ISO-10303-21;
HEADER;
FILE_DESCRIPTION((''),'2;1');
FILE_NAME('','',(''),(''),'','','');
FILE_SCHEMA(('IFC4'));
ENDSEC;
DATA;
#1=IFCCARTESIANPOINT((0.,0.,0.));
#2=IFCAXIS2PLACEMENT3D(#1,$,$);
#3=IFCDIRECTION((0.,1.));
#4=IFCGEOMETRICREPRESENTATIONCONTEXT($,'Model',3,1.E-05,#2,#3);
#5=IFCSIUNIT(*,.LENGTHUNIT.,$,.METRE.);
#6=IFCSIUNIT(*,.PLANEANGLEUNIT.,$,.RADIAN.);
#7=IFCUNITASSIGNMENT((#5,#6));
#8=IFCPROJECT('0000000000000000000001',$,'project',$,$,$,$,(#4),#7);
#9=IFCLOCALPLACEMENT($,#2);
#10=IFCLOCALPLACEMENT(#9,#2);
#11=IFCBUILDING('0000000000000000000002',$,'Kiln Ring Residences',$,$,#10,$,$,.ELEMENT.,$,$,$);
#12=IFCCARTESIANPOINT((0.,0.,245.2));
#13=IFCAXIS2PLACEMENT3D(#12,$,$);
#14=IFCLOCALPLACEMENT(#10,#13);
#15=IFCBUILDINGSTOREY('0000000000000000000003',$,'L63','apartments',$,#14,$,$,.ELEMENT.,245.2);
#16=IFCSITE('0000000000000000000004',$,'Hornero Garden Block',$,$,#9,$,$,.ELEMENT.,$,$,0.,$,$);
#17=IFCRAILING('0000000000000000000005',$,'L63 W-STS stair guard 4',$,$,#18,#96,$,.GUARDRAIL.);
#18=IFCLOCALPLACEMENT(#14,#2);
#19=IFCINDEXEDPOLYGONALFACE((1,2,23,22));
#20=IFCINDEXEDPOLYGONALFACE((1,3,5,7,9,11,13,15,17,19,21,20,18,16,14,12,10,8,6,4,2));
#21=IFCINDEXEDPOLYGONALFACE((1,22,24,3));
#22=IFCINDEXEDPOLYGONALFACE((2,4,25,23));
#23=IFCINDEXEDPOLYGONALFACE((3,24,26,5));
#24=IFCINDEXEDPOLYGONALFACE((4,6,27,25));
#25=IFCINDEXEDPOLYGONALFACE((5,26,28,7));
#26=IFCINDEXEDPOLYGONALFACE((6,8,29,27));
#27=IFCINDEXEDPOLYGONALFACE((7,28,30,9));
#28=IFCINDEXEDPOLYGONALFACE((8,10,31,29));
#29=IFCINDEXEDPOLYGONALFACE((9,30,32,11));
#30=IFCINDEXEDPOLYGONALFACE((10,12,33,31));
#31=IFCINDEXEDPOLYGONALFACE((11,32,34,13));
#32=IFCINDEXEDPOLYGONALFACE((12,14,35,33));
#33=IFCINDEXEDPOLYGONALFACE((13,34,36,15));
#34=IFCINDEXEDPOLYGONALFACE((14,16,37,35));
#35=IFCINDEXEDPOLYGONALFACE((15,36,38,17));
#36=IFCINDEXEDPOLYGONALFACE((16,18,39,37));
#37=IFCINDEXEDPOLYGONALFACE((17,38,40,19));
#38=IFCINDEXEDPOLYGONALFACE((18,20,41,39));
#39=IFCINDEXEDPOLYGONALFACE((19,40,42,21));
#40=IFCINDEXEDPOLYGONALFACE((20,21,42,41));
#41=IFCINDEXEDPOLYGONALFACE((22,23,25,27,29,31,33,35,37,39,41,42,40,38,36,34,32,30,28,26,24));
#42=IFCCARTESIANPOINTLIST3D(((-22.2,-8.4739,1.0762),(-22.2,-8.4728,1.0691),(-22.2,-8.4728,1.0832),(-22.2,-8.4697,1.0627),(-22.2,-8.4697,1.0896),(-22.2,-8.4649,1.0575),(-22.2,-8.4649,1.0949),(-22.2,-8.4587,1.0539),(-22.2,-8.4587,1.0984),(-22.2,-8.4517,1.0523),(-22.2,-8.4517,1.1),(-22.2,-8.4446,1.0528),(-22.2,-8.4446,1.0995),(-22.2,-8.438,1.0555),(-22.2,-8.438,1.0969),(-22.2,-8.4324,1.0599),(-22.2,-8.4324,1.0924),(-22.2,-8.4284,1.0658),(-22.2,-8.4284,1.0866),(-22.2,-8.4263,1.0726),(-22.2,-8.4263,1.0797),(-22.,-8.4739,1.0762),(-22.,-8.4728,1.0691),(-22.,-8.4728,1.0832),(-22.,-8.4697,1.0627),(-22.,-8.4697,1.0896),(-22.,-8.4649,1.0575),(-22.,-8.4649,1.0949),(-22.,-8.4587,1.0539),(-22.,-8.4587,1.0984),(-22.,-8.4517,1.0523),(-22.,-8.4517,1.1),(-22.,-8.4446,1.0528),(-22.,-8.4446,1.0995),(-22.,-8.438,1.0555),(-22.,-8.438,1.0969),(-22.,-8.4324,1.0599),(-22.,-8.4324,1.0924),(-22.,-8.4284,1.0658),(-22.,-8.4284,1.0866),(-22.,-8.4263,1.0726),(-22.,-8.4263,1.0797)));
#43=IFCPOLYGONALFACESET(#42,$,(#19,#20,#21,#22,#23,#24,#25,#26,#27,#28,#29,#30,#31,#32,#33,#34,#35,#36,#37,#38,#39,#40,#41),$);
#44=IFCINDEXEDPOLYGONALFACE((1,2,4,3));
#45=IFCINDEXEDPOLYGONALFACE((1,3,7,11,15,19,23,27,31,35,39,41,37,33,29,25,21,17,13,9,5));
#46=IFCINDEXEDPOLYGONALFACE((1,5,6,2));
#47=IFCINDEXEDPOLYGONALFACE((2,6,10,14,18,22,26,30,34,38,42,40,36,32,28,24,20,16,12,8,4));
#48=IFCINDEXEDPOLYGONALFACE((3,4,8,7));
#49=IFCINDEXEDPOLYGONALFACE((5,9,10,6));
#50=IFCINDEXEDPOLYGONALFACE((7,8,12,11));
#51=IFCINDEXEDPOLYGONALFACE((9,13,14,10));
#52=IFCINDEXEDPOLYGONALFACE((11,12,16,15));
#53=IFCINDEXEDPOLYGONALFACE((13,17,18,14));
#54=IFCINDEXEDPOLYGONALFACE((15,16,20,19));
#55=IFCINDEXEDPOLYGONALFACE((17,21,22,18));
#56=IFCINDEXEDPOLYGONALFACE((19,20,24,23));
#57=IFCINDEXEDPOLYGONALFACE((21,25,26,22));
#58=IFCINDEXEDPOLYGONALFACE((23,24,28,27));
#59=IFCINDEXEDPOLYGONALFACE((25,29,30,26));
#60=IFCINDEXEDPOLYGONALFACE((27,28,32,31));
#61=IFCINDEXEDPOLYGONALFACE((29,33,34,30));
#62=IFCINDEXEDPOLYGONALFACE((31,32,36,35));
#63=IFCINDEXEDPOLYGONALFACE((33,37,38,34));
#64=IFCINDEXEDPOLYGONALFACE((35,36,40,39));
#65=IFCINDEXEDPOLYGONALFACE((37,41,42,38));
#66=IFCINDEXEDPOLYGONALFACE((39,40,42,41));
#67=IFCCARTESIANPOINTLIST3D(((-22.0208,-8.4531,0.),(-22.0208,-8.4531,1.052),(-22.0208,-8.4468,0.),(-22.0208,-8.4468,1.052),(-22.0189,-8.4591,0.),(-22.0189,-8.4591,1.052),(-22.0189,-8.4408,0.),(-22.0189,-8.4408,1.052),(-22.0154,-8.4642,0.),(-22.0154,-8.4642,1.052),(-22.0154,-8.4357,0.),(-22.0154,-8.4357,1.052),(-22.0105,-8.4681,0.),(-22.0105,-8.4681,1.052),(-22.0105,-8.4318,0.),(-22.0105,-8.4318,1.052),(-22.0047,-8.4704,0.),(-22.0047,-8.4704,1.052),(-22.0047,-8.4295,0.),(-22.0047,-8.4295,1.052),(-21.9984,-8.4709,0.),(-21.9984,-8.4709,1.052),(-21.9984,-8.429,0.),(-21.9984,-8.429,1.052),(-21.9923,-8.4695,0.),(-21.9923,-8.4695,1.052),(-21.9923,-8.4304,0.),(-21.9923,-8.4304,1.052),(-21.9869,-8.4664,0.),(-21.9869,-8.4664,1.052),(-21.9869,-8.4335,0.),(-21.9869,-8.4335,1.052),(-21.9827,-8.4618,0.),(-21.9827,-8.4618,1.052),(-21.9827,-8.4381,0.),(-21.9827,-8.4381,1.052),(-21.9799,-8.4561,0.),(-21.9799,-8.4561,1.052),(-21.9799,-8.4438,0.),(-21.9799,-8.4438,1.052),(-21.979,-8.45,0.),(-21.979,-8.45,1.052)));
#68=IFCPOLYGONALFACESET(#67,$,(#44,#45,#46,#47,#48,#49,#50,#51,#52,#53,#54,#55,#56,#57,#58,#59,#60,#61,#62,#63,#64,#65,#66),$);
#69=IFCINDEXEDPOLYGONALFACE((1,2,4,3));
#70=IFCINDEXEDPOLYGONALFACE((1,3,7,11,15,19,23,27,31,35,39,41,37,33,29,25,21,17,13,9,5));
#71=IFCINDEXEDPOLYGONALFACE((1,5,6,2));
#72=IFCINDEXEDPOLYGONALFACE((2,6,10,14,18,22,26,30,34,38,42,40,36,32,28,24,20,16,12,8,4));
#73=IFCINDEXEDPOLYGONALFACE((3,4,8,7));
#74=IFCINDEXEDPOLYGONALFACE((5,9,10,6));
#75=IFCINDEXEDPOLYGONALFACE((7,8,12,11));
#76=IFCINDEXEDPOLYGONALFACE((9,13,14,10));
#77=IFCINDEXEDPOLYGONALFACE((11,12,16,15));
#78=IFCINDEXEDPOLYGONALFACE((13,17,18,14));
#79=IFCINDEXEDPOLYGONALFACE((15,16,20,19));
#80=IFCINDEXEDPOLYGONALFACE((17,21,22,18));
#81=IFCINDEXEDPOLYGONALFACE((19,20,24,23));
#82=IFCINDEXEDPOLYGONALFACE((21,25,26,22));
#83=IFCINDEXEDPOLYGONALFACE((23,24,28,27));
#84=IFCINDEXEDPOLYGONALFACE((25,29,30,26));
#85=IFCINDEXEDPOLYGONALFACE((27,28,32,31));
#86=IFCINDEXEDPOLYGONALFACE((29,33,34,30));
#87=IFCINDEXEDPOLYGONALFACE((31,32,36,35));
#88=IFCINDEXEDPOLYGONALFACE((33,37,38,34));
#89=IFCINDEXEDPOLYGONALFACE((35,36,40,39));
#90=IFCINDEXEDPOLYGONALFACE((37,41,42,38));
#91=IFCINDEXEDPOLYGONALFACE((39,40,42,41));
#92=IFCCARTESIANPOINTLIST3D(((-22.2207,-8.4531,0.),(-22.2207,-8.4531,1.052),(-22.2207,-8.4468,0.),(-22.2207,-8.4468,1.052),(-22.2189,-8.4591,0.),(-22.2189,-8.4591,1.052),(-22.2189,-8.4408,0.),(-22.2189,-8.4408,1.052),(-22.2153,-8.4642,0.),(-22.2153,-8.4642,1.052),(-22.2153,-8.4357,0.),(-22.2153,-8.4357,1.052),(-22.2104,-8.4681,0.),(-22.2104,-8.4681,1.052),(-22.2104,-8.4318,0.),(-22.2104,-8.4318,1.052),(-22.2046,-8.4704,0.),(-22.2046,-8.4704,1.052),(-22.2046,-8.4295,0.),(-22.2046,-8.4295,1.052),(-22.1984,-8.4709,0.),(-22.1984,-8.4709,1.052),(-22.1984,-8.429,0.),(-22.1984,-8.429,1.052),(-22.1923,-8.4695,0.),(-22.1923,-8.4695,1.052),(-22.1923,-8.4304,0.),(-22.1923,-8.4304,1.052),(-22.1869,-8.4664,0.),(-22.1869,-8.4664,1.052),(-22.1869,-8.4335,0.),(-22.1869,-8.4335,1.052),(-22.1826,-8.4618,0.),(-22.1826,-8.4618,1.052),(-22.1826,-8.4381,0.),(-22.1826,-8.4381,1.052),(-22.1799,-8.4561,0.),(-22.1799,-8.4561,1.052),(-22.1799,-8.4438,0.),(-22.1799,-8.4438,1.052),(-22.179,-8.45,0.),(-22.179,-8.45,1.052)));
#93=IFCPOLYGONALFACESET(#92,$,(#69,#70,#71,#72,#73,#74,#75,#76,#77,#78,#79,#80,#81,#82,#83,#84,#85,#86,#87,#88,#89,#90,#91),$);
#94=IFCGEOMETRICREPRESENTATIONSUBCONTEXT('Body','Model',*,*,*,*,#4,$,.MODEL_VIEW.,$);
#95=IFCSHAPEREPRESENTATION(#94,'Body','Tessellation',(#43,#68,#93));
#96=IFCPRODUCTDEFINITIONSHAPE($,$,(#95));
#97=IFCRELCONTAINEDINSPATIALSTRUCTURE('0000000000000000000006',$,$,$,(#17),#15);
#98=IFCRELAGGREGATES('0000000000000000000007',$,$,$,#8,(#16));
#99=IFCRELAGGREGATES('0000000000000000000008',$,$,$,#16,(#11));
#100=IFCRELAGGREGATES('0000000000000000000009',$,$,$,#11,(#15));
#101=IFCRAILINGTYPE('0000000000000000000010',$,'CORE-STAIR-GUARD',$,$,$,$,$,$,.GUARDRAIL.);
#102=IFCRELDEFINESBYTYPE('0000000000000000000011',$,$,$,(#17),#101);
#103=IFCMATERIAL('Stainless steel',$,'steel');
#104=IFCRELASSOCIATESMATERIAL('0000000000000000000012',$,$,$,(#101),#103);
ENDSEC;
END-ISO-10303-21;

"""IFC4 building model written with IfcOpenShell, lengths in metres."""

from ifc_helpers import new_model, si_unit, direction, frame, origin, origin_2d, place, context, subcontext, project, spatial, circle, extrude, material, type_object, element, save


model = new_model("IFC4")

# Units and contexts
model_context = context("Model", 3, precision=1e-05, world=origin(), true_north=direction((0.0, 1.0)))
body_context = subcontext(model_context, "Body", "Model", "MODEL_VIEW")
ifc_project = project(units=[si_unit("LENGTHUNIT", "METRE"), si_unit("PLANEANGLEUNIT", "RADIAN")], contexts=[model_context])

# Site, building, storey
site_placement = place(None, origin())
site = spatial("IfcSite", under=ifc_project, at=site_placement, Name="Hornero Garden Block", CompositionType="ELEMENT", RefElevation=0.0)
building_placement = place(site_placement, origin())
building = spatial("IfcBuilding", under=site, at=building_placement, Name="Kiln Ring Residences", CompositionType="ELEMENT")
storey_placement = place(building_placement, frame((0.0, 0.0, 245.2)))
storey = spatial("IfcBuildingStorey", under=building, at=storey_placement, Name="L63", Description="apartments", CompositionType="ELEMENT", Elevation=245.2)

# Railing
ifc_material_1 = material(Name="Stainless steel", Category="steel")
railing_type_1 = type_object("IfcRailingType", Name="CORE-STAIR-GUARD", PredefinedType="GUARDRAIL", material=ifc_material_1)
railing_1_placement = place(storey_placement, frame((-22.0, -8.45, 0.0)))
element("IfcRailing", 1, at=railing_1_placement, inside=storey, type_object=railing_type_1, Name="L63 W-STS stair guard 4", PredefinedType="GUARDRAIL", context=body_context, shape_type="SweptSolid", body=[
    extrude(circle(Radius=0.0239, at=origin_2d()), frame((0.0, 0.0, 1.0762), z_axis=(-1.0, 0.0, 0.0), x_axis=(0.0, -1.0, 0.0)), (0.0, 0.0, 1.0), 0.2),
    extrude(circle(Radius=0.021, at=origin_2d()), origin(), (0.0, 0.0, 1.0), 1.052),
    extrude(circle(Radius=0.021, at=origin_2d()), frame((-0.2, 0.0, 0.0)), (0.0, 0.0, 1.0), 1.052),
])

save(model, "model.ifc")
